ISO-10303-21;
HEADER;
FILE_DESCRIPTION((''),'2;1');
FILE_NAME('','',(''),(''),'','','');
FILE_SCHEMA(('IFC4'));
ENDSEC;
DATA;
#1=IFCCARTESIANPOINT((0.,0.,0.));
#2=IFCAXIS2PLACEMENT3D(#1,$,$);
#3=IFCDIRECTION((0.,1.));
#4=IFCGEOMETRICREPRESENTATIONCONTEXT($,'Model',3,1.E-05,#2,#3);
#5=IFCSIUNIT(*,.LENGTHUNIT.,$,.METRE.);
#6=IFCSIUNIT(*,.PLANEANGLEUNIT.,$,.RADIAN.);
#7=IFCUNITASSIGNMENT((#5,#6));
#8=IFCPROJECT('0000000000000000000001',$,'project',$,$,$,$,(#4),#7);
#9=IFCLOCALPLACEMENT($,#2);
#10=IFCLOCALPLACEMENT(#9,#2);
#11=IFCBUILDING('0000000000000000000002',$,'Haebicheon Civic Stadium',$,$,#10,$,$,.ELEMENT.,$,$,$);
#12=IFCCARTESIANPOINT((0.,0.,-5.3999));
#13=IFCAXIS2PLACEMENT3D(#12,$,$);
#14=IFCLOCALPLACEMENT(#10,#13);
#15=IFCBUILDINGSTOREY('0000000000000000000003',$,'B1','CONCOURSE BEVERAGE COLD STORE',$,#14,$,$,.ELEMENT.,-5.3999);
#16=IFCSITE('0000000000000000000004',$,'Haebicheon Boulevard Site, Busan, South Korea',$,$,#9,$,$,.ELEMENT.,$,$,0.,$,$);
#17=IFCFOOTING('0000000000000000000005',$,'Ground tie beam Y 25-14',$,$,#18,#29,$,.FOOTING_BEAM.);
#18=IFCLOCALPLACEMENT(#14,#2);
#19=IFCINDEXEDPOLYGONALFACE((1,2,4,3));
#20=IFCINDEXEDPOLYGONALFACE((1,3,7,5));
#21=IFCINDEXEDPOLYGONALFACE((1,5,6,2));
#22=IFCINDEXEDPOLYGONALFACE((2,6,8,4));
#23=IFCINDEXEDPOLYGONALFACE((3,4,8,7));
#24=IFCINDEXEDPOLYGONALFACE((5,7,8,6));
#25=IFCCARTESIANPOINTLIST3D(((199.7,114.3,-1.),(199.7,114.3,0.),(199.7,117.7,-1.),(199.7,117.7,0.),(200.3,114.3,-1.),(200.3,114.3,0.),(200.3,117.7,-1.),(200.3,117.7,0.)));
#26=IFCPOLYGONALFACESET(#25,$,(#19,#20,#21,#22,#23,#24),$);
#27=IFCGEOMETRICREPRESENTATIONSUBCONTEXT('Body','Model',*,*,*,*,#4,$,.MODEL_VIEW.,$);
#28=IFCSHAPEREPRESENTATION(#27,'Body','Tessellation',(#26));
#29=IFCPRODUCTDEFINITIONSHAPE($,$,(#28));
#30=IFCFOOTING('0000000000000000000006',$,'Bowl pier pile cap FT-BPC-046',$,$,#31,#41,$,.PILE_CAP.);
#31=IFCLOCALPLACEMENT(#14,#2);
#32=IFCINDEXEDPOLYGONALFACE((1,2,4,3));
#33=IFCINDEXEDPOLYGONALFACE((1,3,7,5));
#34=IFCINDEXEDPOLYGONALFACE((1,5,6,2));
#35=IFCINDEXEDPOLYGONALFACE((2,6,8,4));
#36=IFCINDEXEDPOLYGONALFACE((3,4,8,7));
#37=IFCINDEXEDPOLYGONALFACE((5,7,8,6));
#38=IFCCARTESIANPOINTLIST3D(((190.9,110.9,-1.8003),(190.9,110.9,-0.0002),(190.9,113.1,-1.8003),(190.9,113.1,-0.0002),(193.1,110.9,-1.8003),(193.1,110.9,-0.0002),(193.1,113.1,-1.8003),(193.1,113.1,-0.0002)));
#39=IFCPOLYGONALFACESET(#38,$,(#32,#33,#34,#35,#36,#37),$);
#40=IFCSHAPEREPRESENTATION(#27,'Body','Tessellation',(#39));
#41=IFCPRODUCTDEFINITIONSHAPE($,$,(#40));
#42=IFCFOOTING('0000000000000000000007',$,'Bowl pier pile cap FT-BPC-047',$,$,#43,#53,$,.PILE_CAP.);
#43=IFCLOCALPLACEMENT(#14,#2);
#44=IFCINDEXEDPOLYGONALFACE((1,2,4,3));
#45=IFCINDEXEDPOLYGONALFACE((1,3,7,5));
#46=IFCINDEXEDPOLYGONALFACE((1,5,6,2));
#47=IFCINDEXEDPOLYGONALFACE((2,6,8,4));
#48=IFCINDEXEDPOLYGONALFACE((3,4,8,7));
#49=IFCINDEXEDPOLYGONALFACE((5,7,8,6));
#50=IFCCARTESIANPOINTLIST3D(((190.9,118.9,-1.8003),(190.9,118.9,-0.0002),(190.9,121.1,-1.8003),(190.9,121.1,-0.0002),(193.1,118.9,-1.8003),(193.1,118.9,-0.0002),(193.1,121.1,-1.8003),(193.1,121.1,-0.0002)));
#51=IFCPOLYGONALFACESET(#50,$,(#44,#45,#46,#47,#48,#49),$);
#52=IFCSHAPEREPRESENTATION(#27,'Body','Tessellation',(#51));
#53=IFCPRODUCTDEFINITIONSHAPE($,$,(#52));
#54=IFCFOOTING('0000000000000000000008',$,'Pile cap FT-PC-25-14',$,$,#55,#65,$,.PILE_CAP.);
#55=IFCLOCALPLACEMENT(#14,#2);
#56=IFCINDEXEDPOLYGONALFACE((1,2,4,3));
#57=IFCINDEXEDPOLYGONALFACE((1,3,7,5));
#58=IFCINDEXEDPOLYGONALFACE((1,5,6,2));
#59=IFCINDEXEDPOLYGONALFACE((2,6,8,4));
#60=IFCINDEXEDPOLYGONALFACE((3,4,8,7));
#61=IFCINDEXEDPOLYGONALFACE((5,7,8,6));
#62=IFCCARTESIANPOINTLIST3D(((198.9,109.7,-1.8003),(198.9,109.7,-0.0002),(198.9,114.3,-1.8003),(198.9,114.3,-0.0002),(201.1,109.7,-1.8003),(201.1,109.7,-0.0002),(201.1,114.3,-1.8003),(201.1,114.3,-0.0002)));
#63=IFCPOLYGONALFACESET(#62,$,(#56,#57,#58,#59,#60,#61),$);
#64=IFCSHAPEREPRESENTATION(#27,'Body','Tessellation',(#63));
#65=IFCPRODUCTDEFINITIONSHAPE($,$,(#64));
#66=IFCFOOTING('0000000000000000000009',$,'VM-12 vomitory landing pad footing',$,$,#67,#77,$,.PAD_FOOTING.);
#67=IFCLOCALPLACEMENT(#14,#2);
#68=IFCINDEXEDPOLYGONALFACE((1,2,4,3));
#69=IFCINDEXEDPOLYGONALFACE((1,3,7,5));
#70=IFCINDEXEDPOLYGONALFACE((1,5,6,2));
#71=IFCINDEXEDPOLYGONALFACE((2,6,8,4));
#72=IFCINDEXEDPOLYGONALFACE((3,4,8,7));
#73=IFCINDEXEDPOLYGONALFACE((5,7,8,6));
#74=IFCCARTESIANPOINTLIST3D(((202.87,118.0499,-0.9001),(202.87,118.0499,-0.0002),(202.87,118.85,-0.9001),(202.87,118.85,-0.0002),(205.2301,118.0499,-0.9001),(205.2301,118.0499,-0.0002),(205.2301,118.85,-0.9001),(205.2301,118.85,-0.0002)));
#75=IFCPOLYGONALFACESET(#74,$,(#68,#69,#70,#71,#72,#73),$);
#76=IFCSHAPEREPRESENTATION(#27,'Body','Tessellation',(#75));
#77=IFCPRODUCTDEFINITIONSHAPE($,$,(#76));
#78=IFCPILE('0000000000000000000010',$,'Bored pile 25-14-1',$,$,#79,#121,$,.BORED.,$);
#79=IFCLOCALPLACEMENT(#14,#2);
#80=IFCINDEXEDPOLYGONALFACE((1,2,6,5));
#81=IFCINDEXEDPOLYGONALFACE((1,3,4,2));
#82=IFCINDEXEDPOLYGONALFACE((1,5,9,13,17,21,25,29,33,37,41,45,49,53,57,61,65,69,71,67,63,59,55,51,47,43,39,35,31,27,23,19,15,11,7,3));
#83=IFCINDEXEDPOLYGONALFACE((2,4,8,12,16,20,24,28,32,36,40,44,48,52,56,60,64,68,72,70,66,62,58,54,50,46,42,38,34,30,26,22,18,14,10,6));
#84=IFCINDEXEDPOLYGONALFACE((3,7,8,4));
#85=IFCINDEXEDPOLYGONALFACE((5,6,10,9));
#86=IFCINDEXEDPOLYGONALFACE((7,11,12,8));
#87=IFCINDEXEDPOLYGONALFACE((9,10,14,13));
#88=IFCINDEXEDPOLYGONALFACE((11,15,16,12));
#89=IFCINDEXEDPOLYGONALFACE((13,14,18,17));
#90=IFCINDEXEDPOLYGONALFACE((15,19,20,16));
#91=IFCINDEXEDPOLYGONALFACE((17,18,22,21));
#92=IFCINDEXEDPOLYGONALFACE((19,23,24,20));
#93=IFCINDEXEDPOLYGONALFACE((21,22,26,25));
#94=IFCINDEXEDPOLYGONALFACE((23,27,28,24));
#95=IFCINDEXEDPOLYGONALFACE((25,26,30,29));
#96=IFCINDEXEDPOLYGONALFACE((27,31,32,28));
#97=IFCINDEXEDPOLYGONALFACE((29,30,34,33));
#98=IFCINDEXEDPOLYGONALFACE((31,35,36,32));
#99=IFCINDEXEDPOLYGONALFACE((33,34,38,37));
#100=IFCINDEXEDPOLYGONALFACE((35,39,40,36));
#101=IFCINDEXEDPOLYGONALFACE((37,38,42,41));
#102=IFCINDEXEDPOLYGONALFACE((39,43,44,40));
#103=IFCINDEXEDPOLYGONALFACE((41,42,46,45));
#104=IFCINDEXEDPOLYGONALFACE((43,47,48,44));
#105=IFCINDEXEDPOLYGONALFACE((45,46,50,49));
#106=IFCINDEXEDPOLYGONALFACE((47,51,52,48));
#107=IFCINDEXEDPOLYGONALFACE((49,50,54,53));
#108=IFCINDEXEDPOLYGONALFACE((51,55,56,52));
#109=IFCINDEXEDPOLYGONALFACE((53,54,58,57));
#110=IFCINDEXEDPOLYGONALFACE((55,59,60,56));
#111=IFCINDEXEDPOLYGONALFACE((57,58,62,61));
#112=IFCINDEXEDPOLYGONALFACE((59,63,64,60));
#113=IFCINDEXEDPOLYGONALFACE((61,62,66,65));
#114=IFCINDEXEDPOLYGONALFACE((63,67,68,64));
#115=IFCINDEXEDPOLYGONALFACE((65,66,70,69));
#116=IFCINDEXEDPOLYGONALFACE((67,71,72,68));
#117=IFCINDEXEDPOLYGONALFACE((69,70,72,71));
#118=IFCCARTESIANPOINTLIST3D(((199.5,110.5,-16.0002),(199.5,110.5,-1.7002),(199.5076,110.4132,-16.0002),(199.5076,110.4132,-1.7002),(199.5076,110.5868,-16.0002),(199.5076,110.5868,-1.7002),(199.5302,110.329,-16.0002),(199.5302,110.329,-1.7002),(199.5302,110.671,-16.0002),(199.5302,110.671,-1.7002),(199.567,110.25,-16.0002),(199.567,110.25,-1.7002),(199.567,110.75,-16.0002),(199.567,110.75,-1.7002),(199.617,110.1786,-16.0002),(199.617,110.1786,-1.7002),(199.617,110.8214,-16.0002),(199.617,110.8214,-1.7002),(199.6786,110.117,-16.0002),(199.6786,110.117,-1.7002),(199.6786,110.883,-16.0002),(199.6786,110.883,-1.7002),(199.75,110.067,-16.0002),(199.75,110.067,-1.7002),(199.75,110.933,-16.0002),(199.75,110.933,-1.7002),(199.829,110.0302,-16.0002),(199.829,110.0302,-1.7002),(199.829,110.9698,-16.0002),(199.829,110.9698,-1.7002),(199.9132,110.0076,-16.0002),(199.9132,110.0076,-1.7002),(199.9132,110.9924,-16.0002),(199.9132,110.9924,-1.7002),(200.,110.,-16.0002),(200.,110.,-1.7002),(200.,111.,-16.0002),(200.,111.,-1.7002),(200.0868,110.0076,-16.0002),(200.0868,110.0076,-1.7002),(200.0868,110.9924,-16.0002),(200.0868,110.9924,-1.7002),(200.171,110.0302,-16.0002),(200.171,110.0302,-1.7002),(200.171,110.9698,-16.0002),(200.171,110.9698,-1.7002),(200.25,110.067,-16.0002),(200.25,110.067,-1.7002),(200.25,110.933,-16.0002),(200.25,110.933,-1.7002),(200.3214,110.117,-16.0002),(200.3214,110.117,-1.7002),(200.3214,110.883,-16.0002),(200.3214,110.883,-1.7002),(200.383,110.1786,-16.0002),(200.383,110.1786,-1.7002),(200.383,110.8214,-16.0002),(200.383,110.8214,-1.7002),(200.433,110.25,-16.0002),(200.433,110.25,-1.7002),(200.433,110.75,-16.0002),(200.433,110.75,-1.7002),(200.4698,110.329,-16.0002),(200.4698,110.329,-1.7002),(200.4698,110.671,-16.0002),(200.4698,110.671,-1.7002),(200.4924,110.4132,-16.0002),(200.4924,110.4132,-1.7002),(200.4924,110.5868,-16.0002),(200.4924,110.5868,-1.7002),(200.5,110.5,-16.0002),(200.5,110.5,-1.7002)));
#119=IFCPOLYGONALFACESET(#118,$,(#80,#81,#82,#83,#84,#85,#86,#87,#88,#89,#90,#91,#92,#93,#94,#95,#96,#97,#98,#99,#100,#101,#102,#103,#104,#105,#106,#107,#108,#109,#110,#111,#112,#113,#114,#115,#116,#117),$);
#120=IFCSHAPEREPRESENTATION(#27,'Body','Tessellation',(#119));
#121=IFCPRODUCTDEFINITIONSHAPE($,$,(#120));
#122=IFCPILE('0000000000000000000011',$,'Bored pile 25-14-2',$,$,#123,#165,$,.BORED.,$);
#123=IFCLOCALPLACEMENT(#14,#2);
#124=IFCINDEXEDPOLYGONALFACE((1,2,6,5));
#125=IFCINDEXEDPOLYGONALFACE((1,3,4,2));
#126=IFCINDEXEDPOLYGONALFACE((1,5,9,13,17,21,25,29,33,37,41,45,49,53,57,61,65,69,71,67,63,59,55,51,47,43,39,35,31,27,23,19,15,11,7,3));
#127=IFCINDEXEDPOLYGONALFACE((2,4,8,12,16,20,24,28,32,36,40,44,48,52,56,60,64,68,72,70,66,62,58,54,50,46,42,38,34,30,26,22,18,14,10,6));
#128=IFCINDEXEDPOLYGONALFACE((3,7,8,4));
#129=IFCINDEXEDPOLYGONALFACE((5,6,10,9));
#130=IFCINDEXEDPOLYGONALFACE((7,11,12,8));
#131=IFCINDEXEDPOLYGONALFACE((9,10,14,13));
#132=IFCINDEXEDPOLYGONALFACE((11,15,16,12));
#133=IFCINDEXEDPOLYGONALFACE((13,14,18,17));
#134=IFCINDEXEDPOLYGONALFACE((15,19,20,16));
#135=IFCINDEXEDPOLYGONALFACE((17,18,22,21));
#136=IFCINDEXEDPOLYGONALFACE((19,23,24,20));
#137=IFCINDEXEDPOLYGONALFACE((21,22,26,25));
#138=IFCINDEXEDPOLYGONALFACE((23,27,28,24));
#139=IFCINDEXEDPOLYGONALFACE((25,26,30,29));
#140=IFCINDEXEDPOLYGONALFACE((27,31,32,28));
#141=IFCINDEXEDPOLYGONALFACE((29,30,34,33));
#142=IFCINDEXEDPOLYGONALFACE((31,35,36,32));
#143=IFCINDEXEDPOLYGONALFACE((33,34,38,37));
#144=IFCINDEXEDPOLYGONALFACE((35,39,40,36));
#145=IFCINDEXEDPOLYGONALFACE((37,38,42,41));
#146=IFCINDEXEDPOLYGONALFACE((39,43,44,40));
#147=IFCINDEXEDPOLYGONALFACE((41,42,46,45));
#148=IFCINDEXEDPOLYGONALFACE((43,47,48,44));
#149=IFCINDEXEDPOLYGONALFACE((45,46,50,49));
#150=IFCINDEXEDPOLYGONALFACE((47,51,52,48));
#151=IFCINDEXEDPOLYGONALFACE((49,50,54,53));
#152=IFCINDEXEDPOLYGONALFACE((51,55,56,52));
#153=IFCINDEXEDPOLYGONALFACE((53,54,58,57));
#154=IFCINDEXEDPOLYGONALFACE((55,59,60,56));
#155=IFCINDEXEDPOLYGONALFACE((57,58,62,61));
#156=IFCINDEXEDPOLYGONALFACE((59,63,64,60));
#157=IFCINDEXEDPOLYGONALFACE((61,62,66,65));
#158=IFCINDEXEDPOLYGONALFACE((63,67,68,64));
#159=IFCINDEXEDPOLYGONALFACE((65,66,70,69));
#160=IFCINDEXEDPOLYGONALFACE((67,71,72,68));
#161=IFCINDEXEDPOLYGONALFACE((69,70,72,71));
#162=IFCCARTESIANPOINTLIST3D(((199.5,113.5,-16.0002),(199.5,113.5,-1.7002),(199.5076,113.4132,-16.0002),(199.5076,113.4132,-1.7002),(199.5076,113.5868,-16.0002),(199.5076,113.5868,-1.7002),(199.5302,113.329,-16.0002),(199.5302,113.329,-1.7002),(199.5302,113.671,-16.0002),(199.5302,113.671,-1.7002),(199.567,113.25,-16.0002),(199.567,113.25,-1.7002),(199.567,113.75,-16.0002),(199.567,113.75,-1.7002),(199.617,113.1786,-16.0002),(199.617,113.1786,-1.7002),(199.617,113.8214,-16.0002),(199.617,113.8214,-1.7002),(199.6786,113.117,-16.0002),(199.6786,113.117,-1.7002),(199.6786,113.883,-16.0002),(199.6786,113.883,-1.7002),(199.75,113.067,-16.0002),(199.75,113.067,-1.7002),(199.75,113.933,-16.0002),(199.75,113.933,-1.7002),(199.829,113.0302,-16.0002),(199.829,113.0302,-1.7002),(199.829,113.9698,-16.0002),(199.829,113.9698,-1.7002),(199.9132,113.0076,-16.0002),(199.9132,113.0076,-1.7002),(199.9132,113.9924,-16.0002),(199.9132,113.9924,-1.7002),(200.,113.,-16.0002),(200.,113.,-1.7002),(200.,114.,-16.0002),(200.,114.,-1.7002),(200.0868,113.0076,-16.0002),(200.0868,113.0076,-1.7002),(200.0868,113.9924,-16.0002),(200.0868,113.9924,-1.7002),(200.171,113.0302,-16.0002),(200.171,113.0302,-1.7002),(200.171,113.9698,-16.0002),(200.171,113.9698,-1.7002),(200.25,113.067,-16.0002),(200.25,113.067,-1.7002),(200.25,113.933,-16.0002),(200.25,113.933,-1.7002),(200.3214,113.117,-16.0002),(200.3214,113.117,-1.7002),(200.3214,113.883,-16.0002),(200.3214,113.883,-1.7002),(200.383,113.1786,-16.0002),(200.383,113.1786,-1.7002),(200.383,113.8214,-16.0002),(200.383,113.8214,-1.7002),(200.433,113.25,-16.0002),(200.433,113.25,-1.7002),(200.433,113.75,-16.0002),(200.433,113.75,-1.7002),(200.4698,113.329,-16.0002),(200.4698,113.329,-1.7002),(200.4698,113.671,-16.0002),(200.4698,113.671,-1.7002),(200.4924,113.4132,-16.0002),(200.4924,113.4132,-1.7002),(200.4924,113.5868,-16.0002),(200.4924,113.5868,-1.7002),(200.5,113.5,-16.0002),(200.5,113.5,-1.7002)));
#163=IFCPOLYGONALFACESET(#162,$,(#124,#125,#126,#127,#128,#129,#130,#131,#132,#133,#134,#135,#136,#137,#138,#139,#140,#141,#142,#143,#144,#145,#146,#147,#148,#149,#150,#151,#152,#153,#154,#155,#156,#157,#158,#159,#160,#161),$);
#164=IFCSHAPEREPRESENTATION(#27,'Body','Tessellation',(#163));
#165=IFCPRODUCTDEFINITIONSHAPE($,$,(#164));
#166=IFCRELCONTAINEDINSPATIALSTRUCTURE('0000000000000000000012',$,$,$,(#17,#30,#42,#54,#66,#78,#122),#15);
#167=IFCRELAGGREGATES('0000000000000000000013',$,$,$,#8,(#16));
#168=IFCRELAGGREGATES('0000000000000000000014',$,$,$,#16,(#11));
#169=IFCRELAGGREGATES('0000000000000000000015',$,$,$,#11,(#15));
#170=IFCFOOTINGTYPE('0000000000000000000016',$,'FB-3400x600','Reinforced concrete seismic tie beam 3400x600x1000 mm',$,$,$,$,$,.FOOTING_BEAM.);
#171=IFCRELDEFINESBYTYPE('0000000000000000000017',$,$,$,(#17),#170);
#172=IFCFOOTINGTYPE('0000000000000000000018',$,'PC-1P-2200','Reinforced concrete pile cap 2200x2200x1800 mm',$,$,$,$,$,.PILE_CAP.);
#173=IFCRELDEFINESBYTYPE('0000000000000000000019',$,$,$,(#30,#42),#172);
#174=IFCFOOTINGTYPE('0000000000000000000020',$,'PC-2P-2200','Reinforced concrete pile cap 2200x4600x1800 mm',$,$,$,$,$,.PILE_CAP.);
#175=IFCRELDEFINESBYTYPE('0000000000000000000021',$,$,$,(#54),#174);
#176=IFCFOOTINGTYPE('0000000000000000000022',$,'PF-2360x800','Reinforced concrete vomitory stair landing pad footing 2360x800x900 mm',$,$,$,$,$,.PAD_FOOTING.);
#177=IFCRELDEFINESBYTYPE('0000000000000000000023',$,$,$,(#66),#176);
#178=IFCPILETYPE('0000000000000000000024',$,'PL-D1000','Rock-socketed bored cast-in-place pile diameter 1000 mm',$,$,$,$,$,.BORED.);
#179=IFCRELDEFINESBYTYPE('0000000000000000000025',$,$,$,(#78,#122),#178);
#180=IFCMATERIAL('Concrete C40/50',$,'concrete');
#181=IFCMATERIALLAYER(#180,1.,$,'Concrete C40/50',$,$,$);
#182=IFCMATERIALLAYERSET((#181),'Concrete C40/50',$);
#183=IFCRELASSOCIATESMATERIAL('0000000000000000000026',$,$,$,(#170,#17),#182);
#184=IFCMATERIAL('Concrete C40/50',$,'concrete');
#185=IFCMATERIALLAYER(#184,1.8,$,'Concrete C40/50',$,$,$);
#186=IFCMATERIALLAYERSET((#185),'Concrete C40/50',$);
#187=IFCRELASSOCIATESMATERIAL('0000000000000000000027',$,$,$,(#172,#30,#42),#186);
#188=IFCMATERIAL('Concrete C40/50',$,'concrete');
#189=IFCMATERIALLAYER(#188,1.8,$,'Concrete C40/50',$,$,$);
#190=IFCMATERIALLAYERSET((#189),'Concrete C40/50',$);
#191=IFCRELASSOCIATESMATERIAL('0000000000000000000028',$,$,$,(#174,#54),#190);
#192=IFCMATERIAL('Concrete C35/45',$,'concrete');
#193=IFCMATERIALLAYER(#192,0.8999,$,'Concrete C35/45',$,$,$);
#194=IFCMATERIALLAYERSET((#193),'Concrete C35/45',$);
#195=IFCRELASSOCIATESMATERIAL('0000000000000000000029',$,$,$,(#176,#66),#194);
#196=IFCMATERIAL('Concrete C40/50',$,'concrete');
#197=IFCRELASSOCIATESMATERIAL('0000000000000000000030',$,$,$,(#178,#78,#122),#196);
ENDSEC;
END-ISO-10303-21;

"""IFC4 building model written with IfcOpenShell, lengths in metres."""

from ifc_helpers import new_model, si_unit, direction, frame, origin, origin_2d, place, context, subcontext, project, spatial, rectangle, circle, extrude, material, layer, layer_set, material_profile, profile_set, type_object, element, save


model = new_model("IFC4")

# Units and contexts
model_context = context("Model", 3, precision=1e-05, world=origin(), true_north=direction((0.0, 1.0)))
body_context = subcontext(model_context, "Body", "Model", "MODEL_VIEW")
ifc_project = project(units=[si_unit("LENGTHUNIT", "METRE"), si_unit("PLANEANGLEUNIT", "RADIAN")], contexts=[model_context])

# Site, building, storey
site_placement = place(None, origin())
site = spatial("IfcSite", under=ifc_project, at=site_placement, Name="Haebicheon Boulevard Site, Busan, South Korea", CompositionType="ELEMENT", RefElevation=0.0)
building_placement = place(site_placement, origin())
building = spatial("IfcBuilding", under=site, at=building_placement, Name="Haebicheon Civic Stadium", CompositionType="ELEMENT")
storey_placement = place(building_placement, frame((0.0, 0.0, -5.3999)))
storey = spatial("IfcBuildingStorey", under=building, at=storey_placement, Name="B1", Description="CONCOURSE BEVERAGE COLD STORE", CompositionType="ELEMENT", Elevation=-5.3999)

# Footings
ifc_material_1 = material(Name="Concrete C40/50", Category="concrete")
ifc_layer_1 = layer(ifc_material_1, 1.0, Name="Concrete C40/50")
ifc_layer_set_1 = layer_set([ifc_layer_1], Name="Concrete C40/50")
footing_type_1 = type_object("IfcFootingType", Name="FB-3400x600", Description="Reinforced concrete seismic tie beam 3400x600x1000 mm", PredefinedType="FOOTING_BEAM", material=ifc_layer_set_1)
footing_1_placement = place(storey_placement, frame((200.0, 116.0, -1.0), z_axis=(0.0, 0.0, 1.0), x_axis=(0.0, 1.0, 0.0)))
element("IfcFooting", 1, at=footing_1_placement, inside=storey, type_object=footing_type_1, material=ifc_layer_set_1, Name="Ground tie beam Y 25-14", PredefinedType="FOOTING_BEAM", context=body_context, shape_type="SweptSolid", body=[
    extrude(rectangle(XDim=3.3999, YDim=0.6001, at=origin_2d()), origin(), (0.0, 0.0, 1.0), 1.0),
])
ifc_material_2 = material(Name="Concrete C40/50", Category="concrete")
ifc_layer_2 = layer(ifc_material_2, 1.8, Name="Concrete C40/50")
ifc_layer_set_2 = layer_set([ifc_layer_2], Name="Concrete C40/50")
footing_type_2 = type_object("IfcFootingType", Name="PC-1P-2200", Description="Reinforced concrete pile cap 2200x2200x1800 mm", PredefinedType="PILE_CAP", material=ifc_layer_set_2)
for number, where, z_axis, x_axis, name in (
    (2, (192.0, 112.0, -1.8003), (0.0, 0.0, 1.0), (1.0, 0.0, 0.0), "Bowl pier pile cap FT-BPC-046"),
    (3, (192.0, 120.0, -1.8003), (0.0, 0.0, 1.0), (1.0, 0.0, 0.0), "Bowl pier pile cap FT-BPC-047"),
):
    element("IfcFooting", number, at=place(storey_placement, frame(where, z_axis=z_axis, x_axis=x_axis)), inside=storey, type_object=footing_type_2, material=ifc_layer_set_2, Name=name, PredefinedType="PILE_CAP", context=body_context, shape_type="SweptSolid", body=[
        extrude(rectangle(XDim=2.2, YDim=2.2, at=origin_2d()), origin(), (0.0, 0.0, 1.0), 1.8),
    ])
ifc_material_3 = material(Name="Concrete C40/50", Category="concrete")
ifc_layer_3 = layer(ifc_material_3, 1.8, Name="Concrete C40/50")
ifc_layer_set_3 = layer_set([ifc_layer_3], Name="Concrete C40/50")
footing_type_3 = type_object("IfcFootingType", Name="PC-2P-2200", Description="Reinforced concrete pile cap 2200x4600x1800 mm", PredefinedType="PILE_CAP", material=ifc_layer_set_3)
footing_2_placement = place(storey_placement, frame((200.0, 112.0, -1.8003), z_axis=(0.0, 0.0, 1.0), x_axis=(1.0, 0.0, 0.0)))
element("IfcFooting", 4, at=footing_2_placement, inside=storey, type_object=footing_type_3, material=ifc_layer_set_3, Name="Pile cap FT-PC-25-14", PredefinedType="PILE_CAP", context=body_context, shape_type="SweptSolid", body=[
    extrude(rectangle(XDim=2.2, YDim=4.6001, at=origin_2d()), origin(), (0.0, 0.0, 1.0), 1.8),
])
ifc_material_4 = material(Name="Concrete C35/45", Category="concrete")
ifc_layer_4 = layer(ifc_material_4, 0.8999, Name="Concrete C35/45")
ifc_layer_set_4 = layer_set([ifc_layer_4], Name="Concrete C35/45")
footing_type_4 = type_object("IfcFootingType", Name="PF-2360x800", Description="Reinforced concrete vomitory stair landing pad footing 2360x800x900 mm", PredefinedType="PAD_FOOTING", material=ifc_layer_set_4)
footing_3_placement = place(storey_placement, frame((204.05, 118.45, -0.9001), z_axis=(0.0, 0.0, 1.0), x_axis=(1.0, 0.0, 0.0)))
element("IfcFooting", 5, at=footing_3_placement, inside=storey, type_object=footing_type_4, material=ifc_layer_set_4, Name="VM-12 vomitory landing pad footing", PredefinedType="PAD_FOOTING", context=body_context, shape_type="SweptSolid", body=[
    extrude(rectangle(XDim=2.3601, YDim=0.8, at=origin_2d()), origin(), (0.0, 0.0, 1.0), 0.8999),
])

# Piles
ifc_material_5 = material(Name="Concrete C40/50", Category="concrete")
ifc_material_profile_1 = material_profile(ifc_material_5, circle(Radius=0.5, at=origin_2d()), Name="PILE-D1000")
ifc_profile_set_1 = profile_set([ifc_material_profile_1], Name="Concrete C40/50")
pile_type = type_object("IfcPileType", Name="PL-D1000", Description="Rock-socketed bored cast-in-place pile diameter 1000 mm", PredefinedType="BORED", material=ifc_profile_set_1)
for number, where, z_axis, x_axis, name in (
    (6, (200.0, 110.5, -1.7002), (0.0, 0.0, -1.0), (1.0, 0.0, 0.0), "Bored pile 25-14-1"),
    (7, (200.0, 113.5, -1.7002), (0.0, 0.0, -1.0), (1.0, 0.0, 0.0), "Bored pile 25-14-2"),
):
    element("IfcPile", number, at=place(storey_placement, frame(where, z_axis=z_axis, x_axis=x_axis)), inside=storey, type_object=pile_type, material=ifc_profile_set_1, Name=name, PredefinedType="BORED", context=body_context, shape_type="SweptSolid", body=[
        extrude(circle(Radius=0.5, at=origin_2d()), origin(), (0.0, 0.0, 1.0), 14.3),
    ])

save(model, "model.ifc")
